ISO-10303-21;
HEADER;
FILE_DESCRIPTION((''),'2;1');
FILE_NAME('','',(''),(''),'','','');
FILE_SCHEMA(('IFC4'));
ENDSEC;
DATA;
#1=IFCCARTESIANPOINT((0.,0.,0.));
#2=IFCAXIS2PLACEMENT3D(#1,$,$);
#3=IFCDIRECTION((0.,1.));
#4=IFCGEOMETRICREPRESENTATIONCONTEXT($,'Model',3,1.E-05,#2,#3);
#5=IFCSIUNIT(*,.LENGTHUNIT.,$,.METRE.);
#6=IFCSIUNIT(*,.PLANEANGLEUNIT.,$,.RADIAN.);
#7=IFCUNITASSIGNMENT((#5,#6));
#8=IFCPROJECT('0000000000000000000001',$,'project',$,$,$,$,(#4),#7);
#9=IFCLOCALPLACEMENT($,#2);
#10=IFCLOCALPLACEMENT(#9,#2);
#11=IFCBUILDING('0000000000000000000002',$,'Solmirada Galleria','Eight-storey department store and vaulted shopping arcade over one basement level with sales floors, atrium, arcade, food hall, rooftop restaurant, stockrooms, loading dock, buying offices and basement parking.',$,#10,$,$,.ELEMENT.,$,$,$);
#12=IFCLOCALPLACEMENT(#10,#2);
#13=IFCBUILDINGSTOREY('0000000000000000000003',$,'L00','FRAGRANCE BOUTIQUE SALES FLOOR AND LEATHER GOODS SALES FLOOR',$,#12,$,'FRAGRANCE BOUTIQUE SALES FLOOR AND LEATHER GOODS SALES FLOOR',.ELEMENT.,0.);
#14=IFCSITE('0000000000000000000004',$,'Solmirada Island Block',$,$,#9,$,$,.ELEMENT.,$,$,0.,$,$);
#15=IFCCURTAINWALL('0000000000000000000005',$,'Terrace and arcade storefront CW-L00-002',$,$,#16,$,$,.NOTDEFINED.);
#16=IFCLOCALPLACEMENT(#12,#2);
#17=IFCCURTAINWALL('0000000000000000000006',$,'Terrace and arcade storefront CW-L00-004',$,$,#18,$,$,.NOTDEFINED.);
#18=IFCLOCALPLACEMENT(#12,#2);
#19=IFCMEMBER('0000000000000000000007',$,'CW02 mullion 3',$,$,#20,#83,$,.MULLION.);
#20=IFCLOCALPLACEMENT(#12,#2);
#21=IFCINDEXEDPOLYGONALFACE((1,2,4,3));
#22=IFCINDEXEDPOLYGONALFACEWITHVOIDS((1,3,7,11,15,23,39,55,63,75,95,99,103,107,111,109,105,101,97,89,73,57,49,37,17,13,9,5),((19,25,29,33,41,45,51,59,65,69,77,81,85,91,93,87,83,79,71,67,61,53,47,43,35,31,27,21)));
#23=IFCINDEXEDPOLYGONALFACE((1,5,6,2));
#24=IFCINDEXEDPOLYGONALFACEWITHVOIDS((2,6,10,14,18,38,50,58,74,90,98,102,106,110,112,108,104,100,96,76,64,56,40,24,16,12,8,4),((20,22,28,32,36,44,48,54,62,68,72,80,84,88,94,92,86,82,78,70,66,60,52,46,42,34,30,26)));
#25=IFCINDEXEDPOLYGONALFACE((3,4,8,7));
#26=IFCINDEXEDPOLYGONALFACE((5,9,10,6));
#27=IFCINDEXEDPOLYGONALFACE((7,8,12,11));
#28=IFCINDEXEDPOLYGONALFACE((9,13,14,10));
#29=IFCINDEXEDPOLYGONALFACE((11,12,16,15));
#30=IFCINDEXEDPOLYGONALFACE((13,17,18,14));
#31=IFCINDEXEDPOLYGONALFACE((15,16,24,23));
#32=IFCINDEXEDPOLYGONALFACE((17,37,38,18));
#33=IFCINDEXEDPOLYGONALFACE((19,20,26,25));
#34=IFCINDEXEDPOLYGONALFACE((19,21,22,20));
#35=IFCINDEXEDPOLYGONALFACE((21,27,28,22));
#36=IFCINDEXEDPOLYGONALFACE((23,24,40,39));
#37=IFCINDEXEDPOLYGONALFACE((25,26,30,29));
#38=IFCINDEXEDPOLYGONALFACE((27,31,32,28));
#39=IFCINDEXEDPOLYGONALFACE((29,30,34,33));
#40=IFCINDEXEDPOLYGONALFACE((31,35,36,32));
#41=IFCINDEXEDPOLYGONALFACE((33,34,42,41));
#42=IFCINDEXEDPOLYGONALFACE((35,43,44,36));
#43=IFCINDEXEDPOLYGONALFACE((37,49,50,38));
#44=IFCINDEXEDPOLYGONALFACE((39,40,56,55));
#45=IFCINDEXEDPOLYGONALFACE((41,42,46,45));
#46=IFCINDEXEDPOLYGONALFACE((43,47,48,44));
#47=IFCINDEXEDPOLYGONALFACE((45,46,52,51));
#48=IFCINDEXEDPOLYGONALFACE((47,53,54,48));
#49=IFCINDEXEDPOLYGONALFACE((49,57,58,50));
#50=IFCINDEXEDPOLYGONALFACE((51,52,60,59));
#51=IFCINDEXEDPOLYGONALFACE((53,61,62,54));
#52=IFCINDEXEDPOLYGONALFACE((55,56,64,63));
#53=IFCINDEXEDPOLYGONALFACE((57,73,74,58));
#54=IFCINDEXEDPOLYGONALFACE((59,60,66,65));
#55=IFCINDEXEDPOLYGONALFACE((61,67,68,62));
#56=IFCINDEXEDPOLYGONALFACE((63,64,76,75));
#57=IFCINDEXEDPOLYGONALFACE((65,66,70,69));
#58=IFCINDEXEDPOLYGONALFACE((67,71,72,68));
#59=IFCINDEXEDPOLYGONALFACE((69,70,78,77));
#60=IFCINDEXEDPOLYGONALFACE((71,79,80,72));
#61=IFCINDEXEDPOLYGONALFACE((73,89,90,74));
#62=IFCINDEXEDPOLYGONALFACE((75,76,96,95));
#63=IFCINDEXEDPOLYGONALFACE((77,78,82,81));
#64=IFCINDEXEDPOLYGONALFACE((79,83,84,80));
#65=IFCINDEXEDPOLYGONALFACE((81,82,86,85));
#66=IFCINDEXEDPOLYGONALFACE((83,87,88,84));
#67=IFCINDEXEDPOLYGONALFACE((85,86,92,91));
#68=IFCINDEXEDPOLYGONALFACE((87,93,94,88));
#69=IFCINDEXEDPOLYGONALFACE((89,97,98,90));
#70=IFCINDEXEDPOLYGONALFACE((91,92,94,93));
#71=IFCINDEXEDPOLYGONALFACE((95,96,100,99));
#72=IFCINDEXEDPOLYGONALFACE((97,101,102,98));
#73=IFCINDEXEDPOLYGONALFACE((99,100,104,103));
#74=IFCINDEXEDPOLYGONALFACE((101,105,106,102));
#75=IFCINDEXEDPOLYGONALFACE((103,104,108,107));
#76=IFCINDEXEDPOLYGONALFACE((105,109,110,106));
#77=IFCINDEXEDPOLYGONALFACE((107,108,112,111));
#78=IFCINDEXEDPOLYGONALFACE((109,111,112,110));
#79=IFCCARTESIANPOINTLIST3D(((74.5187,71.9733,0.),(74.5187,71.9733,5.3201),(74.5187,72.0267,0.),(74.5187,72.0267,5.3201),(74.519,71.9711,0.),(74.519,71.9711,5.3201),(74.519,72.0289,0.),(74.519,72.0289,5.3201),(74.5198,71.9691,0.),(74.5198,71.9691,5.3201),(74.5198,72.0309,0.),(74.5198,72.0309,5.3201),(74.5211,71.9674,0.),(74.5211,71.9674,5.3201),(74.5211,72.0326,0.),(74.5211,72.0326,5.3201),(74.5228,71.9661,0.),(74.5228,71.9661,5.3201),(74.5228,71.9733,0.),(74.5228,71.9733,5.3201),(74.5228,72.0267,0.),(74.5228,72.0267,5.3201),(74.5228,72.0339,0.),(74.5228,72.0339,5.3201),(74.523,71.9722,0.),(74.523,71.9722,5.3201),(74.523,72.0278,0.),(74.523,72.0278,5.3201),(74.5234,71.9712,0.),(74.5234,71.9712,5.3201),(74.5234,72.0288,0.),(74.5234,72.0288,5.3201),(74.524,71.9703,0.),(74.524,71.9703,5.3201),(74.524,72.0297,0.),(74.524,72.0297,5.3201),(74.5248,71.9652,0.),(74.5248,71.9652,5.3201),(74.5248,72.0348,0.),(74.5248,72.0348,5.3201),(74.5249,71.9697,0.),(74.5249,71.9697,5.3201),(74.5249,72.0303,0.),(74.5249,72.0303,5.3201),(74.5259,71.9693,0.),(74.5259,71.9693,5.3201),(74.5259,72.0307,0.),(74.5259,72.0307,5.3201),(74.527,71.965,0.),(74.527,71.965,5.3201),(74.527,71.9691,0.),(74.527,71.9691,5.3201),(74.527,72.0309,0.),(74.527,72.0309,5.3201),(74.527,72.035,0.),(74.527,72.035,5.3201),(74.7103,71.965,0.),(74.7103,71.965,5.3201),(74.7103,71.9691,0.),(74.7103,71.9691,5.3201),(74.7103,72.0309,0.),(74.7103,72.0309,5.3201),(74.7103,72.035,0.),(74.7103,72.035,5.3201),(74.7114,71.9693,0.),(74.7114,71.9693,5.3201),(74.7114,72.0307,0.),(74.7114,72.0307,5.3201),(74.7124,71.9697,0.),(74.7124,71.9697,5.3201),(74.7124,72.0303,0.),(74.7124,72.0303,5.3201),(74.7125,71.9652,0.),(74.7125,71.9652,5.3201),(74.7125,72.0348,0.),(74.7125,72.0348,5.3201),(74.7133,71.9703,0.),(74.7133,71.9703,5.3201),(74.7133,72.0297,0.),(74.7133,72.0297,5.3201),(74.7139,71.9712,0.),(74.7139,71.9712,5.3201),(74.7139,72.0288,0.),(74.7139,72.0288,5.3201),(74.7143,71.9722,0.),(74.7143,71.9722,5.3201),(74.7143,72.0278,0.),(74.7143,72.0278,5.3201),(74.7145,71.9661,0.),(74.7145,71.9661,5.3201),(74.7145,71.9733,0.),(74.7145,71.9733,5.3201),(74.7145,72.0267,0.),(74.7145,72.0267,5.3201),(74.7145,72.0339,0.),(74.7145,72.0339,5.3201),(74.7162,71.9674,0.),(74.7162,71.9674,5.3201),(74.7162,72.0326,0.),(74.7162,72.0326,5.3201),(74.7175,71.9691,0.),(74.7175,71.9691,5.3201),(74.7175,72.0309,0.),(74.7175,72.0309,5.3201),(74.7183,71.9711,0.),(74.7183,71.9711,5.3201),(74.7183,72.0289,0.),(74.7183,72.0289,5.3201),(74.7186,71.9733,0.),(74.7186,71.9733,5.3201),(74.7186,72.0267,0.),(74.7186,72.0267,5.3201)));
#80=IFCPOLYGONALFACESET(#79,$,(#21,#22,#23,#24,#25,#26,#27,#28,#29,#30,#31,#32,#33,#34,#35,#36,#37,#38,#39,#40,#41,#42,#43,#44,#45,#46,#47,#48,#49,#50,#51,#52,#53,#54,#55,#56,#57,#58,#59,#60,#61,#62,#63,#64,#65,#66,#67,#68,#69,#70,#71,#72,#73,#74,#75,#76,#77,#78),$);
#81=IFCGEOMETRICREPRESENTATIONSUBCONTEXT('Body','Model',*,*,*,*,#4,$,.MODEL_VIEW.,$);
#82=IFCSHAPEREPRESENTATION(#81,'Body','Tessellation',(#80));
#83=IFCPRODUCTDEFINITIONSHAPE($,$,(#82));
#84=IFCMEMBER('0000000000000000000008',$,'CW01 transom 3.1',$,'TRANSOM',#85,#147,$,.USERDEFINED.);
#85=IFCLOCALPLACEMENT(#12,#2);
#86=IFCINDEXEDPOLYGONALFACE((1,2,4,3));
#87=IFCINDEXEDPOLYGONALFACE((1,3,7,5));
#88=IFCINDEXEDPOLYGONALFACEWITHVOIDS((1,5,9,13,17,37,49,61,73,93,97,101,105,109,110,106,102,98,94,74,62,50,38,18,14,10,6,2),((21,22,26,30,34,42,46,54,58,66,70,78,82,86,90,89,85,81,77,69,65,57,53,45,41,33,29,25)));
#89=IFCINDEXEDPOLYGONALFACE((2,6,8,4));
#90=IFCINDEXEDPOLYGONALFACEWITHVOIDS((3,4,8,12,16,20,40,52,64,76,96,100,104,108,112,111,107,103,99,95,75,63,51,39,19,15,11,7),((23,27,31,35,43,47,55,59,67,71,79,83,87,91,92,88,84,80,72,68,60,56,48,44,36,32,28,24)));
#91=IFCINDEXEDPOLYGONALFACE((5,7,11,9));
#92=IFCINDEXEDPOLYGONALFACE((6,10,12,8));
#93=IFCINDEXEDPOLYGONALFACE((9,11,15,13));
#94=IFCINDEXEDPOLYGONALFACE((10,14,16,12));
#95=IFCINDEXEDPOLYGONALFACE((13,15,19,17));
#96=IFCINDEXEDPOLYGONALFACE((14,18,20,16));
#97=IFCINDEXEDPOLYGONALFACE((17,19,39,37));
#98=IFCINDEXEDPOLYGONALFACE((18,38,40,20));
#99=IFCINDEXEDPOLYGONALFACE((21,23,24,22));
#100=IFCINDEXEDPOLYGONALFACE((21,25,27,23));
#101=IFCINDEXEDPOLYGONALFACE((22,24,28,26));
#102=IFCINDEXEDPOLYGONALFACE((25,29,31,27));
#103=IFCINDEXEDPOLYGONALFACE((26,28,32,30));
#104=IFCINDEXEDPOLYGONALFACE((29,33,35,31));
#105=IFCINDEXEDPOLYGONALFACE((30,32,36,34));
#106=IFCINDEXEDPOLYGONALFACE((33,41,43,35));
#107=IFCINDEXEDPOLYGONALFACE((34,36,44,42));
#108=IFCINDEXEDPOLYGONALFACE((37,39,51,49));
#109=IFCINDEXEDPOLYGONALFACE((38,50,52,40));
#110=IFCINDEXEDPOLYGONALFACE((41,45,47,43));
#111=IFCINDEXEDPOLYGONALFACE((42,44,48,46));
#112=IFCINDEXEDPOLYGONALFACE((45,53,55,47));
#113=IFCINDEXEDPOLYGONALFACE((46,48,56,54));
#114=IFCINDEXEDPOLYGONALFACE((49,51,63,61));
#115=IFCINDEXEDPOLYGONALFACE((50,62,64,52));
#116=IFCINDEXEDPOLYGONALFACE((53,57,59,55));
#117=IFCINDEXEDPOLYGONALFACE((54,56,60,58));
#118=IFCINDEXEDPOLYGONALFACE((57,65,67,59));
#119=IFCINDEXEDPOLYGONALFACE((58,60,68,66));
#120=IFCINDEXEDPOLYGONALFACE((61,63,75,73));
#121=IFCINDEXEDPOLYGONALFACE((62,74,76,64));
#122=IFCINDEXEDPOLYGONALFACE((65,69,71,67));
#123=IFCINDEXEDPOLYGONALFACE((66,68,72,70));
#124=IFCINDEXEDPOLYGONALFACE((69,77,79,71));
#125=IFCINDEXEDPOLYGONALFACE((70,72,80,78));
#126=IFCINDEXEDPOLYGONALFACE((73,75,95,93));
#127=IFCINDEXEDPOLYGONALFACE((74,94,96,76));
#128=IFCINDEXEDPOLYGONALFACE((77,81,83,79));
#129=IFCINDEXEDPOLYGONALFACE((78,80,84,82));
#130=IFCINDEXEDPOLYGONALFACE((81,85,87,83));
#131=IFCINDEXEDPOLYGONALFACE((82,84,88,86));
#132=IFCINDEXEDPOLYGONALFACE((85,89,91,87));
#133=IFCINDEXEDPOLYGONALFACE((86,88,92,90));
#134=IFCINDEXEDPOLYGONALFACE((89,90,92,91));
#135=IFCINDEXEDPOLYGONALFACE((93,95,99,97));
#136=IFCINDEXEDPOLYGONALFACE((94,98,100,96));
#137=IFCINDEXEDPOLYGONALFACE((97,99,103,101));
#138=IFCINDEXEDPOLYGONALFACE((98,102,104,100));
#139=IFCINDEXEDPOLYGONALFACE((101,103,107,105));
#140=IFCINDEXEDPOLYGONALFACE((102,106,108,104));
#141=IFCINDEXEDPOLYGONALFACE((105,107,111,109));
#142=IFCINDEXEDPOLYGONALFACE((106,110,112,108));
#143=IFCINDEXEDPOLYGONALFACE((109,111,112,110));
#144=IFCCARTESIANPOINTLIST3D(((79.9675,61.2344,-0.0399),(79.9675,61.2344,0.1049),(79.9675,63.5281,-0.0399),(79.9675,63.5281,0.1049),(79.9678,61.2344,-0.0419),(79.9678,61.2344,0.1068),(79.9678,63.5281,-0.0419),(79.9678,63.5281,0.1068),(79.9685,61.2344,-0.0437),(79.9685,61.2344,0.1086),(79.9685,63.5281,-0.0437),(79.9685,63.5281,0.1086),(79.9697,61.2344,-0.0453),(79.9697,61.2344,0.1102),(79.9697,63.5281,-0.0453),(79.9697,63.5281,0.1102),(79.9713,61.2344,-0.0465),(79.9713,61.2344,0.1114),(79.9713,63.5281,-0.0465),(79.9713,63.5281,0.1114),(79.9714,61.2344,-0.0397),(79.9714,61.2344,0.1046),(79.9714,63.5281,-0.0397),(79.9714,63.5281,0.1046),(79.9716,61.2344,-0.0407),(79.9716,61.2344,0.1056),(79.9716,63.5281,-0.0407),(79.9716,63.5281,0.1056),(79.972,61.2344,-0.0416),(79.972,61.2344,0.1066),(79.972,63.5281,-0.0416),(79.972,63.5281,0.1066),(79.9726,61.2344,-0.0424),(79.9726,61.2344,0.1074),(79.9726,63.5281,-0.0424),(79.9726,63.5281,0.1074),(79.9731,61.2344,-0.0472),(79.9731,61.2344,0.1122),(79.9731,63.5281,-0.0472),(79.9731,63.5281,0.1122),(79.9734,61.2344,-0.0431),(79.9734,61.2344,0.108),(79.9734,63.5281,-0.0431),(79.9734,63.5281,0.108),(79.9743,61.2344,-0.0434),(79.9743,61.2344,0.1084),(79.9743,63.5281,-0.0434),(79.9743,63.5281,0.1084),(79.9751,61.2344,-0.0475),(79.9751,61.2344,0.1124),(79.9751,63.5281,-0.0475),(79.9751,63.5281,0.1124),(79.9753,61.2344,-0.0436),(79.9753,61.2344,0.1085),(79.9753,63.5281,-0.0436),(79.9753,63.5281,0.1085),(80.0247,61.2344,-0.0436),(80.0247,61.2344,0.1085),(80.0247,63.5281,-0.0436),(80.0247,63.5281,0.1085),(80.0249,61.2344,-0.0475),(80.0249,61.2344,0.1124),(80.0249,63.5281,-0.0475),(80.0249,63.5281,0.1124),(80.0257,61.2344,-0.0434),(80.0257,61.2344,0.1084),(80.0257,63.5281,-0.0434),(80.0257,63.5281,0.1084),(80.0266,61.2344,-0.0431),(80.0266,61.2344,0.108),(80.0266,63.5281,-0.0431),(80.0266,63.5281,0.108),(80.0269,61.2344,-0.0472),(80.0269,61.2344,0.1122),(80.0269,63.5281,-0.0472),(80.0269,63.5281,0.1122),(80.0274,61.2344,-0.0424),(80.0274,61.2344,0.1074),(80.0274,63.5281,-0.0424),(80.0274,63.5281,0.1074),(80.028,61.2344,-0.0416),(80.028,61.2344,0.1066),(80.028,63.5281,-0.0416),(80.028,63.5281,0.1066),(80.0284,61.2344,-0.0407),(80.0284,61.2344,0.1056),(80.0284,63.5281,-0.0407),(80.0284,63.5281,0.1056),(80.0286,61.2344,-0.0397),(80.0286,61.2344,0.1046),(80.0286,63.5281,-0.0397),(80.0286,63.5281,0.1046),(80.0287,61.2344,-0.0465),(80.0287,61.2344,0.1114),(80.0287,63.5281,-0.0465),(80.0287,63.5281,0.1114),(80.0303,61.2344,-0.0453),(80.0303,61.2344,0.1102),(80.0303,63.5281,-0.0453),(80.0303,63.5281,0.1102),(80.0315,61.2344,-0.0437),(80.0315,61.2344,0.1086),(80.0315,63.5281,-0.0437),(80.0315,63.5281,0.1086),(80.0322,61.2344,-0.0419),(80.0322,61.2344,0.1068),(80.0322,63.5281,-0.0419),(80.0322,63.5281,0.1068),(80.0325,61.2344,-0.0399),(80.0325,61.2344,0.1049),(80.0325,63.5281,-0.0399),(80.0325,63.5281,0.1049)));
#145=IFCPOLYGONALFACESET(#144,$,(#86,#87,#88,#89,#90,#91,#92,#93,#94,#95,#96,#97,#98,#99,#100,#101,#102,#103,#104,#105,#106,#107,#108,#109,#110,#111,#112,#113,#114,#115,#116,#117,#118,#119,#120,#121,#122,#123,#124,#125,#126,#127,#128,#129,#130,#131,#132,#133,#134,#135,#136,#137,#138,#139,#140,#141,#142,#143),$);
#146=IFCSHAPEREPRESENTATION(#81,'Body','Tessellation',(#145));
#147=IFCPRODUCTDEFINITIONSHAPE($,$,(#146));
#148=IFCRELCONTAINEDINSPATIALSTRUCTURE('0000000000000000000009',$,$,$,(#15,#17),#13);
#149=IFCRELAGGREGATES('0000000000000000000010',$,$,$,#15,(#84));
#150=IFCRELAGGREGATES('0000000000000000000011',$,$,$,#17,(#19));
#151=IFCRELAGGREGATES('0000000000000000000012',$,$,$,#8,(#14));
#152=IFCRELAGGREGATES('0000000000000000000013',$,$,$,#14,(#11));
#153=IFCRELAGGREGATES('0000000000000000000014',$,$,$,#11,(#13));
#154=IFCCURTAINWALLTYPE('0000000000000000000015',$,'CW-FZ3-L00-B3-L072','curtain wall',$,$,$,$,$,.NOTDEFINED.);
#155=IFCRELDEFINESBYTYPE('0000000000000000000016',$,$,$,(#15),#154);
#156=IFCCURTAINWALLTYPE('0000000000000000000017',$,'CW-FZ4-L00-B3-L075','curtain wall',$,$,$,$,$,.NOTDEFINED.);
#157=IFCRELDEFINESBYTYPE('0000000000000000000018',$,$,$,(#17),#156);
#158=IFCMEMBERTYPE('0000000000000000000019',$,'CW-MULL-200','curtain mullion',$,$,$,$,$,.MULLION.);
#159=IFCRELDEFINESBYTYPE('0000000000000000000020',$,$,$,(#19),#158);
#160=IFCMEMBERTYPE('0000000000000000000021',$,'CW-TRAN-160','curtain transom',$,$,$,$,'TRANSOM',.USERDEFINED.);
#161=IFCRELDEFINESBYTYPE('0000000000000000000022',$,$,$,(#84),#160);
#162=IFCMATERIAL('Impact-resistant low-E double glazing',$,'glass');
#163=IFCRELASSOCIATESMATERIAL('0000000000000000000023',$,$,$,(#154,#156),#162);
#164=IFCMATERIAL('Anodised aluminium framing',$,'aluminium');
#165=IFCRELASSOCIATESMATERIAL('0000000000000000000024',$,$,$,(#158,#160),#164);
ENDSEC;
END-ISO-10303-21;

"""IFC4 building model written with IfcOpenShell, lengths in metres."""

from ifc_helpers import new_model, si_unit, direction, frame, origin, origin_2d, place, context, subcontext, project, spatial, hollow_rectangle, extrude, material, material_profile, profile_set, type_object, element, aggregate, save


model = new_model("IFC4")

# Units and contexts
model_context = context("Model", 3, precision=1e-05, world=origin(), true_north=direction((0.0, 1.0)))
body_context = subcontext(model_context, "Body", "Model", "MODEL_VIEW")
ifc_project = project(units=[si_unit("LENGTHUNIT", "METRE"), si_unit("PLANEANGLEUNIT", "RADIAN")], contexts=[model_context])

# Site, building, storey
site_placement = place(None, origin())
site = spatial("IfcSite", under=ifc_project, at=site_placement, Name="Solmirada Island Block", CompositionType="ELEMENT", RefElevation=0.0)
building_placement = place(site_placement, origin())
building = spatial("IfcBuilding", under=site, at=building_placement, Name="Solmirada Galleria", Description="Eight-storey department store and vaulted shopping arcade over one basement level with sales floors, atrium, arcade, food hall, rooftop restaurant, stockrooms, loading dock, buying offices and basement parking.", CompositionType="ELEMENT")
storey_placement = place(building_placement, origin())
storey = spatial("IfcBuildingStorey", under=building, at=storey_placement, Name="L00", Description="FRAGRANCE BOUTIQUE SALES FLOOR AND LEATHER GOODS SALES FLOOR", LongName="FRAGRANCE BOUTIQUE SALES FLOOR AND LEATHER GOODS SALES FLOOR", CompositionType="ELEMENT", Elevation=0.0)

# Curtain wall
ifc_material_1 = material(Name="Impact-resistant low-E double glazing", Category="glass")
curtain_wall_type_1 = type_object("IfcCurtainWallType", Name="CW-FZ3-L00-B3-L072", Description="curtain wall", PredefinedType="NOTDEFINED", material=ifc_material_1)
curtain_wall_1_placement = place(storey_placement, origin())
curtain_wall_1 = element("IfcCurtainWall", 1, at=curtain_wall_1_placement, inside=storey, type_object=curtain_wall_type_1, Name="Terrace and arcade storefront CW-L00-002", PredefinedType="NOTDEFINED")
ifc_material_2 = material(Name="Anodised aluminium framing", Category="aluminium")
ifc_material_profile_1 = material_profile(ifc_material_2, hollow_rectangle(XDim=0.0701, YDim=0.2, WallThickness=0.0042, InnerFilletRadius=0.0042, OuterFilletRadius=0.0083, at=origin_2d()), Name="ALU-MULL-200X70")
ifc_profile_set_1 = profile_set([ifc_material_profile_1], Name="Anodised aluminium framing")
member_type_1 = type_object("IfcMemberType", Name="CW-MULL-200", Description="curtain mullion", PredefinedType="MULLION", material=ifc_profile_set_1)

# Curtain wall, member
curtain_wall_type_2 = type_object("IfcCurtainWallType", Name="CW-FZ4-L00-B3-L075", Description="curtain wall", PredefinedType="NOTDEFINED", material=ifc_material_1)
curtain_wall_2_placement = place(storey_placement, origin())
curtain_wall_2 = element("IfcCurtainWall", 2, at=curtain_wall_2_placement, inside=storey, type_object=curtain_wall_type_2, Name="Terrace and arcade storefront CW-L00-004", PredefinedType="NOTDEFINED")
member_1_placement = place(storey_placement, frame((74.6187, 72.0, 0.0), z_axis=(0.0, 0.0, 1.0), x_axis=(0.0, -1.0, 0.0)))
member_1 = element("IfcMember", 3, at=member_1_placement, type_object=member_type_1, Name="CW02 mullion 3", PredefinedType="MULLION", context=body_context, shape_type="SweptSolid", body=[
    extrude(hollow_rectangle(XDim=0.0701, YDim=0.2, WallThickness=0.0042, InnerFilletRadius=0.0042, OuterFilletRadius=0.0083, at=origin_2d()), origin(), (0.0, 0.0, 1.0), 5.3201),
])

# Member
ifc_material_profile_2 = material_profile(ifc_material_2, hollow_rectangle(XDim=0.0649, YDim=0.1599, WallThickness=0.0039, InnerFilletRadius=0.0039, OuterFilletRadius=0.0076, at=origin_2d()), Name="ALU-TRAN-160X65")
ifc_profile_set_2 = profile_set([ifc_material_profile_2], Name="Anodised aluminium framing")
member_type_2 = type_object("IfcMemberType", Name="CW-TRAN-160", Description="curtain transom", ElementType="TRANSOM", PredefinedType="USERDEFINED", material=ifc_profile_set_2)
member_2_placement = place(storey_placement, frame((80.0, 61.2344, 0.0325), z_axis=(0.0, 1.0, 0.0), x_axis=(-1.0, 0.0, 0.0)))
member_2 = element("IfcMember", 4, at=member_2_placement, type_object=member_type_2, Name="CW01 transom 3.1", ObjectType="TRANSOM", PredefinedType="USERDEFINED", context=body_context, shape_type="SweptSolid", body=[
    extrude(hollow_rectangle(XDim=0.0649, YDim=0.1599, WallThickness=0.0039, InnerFilletRadius=0.0039, OuterFilletRadius=0.0076, at=origin_2d()), origin(), (0.0, 0.0, 1.0), 2.2937),
])

aggregate(curtain_wall_1, [member_2])
aggregate(curtain_wall_2, [member_1])

save(model, "model.ifc")
